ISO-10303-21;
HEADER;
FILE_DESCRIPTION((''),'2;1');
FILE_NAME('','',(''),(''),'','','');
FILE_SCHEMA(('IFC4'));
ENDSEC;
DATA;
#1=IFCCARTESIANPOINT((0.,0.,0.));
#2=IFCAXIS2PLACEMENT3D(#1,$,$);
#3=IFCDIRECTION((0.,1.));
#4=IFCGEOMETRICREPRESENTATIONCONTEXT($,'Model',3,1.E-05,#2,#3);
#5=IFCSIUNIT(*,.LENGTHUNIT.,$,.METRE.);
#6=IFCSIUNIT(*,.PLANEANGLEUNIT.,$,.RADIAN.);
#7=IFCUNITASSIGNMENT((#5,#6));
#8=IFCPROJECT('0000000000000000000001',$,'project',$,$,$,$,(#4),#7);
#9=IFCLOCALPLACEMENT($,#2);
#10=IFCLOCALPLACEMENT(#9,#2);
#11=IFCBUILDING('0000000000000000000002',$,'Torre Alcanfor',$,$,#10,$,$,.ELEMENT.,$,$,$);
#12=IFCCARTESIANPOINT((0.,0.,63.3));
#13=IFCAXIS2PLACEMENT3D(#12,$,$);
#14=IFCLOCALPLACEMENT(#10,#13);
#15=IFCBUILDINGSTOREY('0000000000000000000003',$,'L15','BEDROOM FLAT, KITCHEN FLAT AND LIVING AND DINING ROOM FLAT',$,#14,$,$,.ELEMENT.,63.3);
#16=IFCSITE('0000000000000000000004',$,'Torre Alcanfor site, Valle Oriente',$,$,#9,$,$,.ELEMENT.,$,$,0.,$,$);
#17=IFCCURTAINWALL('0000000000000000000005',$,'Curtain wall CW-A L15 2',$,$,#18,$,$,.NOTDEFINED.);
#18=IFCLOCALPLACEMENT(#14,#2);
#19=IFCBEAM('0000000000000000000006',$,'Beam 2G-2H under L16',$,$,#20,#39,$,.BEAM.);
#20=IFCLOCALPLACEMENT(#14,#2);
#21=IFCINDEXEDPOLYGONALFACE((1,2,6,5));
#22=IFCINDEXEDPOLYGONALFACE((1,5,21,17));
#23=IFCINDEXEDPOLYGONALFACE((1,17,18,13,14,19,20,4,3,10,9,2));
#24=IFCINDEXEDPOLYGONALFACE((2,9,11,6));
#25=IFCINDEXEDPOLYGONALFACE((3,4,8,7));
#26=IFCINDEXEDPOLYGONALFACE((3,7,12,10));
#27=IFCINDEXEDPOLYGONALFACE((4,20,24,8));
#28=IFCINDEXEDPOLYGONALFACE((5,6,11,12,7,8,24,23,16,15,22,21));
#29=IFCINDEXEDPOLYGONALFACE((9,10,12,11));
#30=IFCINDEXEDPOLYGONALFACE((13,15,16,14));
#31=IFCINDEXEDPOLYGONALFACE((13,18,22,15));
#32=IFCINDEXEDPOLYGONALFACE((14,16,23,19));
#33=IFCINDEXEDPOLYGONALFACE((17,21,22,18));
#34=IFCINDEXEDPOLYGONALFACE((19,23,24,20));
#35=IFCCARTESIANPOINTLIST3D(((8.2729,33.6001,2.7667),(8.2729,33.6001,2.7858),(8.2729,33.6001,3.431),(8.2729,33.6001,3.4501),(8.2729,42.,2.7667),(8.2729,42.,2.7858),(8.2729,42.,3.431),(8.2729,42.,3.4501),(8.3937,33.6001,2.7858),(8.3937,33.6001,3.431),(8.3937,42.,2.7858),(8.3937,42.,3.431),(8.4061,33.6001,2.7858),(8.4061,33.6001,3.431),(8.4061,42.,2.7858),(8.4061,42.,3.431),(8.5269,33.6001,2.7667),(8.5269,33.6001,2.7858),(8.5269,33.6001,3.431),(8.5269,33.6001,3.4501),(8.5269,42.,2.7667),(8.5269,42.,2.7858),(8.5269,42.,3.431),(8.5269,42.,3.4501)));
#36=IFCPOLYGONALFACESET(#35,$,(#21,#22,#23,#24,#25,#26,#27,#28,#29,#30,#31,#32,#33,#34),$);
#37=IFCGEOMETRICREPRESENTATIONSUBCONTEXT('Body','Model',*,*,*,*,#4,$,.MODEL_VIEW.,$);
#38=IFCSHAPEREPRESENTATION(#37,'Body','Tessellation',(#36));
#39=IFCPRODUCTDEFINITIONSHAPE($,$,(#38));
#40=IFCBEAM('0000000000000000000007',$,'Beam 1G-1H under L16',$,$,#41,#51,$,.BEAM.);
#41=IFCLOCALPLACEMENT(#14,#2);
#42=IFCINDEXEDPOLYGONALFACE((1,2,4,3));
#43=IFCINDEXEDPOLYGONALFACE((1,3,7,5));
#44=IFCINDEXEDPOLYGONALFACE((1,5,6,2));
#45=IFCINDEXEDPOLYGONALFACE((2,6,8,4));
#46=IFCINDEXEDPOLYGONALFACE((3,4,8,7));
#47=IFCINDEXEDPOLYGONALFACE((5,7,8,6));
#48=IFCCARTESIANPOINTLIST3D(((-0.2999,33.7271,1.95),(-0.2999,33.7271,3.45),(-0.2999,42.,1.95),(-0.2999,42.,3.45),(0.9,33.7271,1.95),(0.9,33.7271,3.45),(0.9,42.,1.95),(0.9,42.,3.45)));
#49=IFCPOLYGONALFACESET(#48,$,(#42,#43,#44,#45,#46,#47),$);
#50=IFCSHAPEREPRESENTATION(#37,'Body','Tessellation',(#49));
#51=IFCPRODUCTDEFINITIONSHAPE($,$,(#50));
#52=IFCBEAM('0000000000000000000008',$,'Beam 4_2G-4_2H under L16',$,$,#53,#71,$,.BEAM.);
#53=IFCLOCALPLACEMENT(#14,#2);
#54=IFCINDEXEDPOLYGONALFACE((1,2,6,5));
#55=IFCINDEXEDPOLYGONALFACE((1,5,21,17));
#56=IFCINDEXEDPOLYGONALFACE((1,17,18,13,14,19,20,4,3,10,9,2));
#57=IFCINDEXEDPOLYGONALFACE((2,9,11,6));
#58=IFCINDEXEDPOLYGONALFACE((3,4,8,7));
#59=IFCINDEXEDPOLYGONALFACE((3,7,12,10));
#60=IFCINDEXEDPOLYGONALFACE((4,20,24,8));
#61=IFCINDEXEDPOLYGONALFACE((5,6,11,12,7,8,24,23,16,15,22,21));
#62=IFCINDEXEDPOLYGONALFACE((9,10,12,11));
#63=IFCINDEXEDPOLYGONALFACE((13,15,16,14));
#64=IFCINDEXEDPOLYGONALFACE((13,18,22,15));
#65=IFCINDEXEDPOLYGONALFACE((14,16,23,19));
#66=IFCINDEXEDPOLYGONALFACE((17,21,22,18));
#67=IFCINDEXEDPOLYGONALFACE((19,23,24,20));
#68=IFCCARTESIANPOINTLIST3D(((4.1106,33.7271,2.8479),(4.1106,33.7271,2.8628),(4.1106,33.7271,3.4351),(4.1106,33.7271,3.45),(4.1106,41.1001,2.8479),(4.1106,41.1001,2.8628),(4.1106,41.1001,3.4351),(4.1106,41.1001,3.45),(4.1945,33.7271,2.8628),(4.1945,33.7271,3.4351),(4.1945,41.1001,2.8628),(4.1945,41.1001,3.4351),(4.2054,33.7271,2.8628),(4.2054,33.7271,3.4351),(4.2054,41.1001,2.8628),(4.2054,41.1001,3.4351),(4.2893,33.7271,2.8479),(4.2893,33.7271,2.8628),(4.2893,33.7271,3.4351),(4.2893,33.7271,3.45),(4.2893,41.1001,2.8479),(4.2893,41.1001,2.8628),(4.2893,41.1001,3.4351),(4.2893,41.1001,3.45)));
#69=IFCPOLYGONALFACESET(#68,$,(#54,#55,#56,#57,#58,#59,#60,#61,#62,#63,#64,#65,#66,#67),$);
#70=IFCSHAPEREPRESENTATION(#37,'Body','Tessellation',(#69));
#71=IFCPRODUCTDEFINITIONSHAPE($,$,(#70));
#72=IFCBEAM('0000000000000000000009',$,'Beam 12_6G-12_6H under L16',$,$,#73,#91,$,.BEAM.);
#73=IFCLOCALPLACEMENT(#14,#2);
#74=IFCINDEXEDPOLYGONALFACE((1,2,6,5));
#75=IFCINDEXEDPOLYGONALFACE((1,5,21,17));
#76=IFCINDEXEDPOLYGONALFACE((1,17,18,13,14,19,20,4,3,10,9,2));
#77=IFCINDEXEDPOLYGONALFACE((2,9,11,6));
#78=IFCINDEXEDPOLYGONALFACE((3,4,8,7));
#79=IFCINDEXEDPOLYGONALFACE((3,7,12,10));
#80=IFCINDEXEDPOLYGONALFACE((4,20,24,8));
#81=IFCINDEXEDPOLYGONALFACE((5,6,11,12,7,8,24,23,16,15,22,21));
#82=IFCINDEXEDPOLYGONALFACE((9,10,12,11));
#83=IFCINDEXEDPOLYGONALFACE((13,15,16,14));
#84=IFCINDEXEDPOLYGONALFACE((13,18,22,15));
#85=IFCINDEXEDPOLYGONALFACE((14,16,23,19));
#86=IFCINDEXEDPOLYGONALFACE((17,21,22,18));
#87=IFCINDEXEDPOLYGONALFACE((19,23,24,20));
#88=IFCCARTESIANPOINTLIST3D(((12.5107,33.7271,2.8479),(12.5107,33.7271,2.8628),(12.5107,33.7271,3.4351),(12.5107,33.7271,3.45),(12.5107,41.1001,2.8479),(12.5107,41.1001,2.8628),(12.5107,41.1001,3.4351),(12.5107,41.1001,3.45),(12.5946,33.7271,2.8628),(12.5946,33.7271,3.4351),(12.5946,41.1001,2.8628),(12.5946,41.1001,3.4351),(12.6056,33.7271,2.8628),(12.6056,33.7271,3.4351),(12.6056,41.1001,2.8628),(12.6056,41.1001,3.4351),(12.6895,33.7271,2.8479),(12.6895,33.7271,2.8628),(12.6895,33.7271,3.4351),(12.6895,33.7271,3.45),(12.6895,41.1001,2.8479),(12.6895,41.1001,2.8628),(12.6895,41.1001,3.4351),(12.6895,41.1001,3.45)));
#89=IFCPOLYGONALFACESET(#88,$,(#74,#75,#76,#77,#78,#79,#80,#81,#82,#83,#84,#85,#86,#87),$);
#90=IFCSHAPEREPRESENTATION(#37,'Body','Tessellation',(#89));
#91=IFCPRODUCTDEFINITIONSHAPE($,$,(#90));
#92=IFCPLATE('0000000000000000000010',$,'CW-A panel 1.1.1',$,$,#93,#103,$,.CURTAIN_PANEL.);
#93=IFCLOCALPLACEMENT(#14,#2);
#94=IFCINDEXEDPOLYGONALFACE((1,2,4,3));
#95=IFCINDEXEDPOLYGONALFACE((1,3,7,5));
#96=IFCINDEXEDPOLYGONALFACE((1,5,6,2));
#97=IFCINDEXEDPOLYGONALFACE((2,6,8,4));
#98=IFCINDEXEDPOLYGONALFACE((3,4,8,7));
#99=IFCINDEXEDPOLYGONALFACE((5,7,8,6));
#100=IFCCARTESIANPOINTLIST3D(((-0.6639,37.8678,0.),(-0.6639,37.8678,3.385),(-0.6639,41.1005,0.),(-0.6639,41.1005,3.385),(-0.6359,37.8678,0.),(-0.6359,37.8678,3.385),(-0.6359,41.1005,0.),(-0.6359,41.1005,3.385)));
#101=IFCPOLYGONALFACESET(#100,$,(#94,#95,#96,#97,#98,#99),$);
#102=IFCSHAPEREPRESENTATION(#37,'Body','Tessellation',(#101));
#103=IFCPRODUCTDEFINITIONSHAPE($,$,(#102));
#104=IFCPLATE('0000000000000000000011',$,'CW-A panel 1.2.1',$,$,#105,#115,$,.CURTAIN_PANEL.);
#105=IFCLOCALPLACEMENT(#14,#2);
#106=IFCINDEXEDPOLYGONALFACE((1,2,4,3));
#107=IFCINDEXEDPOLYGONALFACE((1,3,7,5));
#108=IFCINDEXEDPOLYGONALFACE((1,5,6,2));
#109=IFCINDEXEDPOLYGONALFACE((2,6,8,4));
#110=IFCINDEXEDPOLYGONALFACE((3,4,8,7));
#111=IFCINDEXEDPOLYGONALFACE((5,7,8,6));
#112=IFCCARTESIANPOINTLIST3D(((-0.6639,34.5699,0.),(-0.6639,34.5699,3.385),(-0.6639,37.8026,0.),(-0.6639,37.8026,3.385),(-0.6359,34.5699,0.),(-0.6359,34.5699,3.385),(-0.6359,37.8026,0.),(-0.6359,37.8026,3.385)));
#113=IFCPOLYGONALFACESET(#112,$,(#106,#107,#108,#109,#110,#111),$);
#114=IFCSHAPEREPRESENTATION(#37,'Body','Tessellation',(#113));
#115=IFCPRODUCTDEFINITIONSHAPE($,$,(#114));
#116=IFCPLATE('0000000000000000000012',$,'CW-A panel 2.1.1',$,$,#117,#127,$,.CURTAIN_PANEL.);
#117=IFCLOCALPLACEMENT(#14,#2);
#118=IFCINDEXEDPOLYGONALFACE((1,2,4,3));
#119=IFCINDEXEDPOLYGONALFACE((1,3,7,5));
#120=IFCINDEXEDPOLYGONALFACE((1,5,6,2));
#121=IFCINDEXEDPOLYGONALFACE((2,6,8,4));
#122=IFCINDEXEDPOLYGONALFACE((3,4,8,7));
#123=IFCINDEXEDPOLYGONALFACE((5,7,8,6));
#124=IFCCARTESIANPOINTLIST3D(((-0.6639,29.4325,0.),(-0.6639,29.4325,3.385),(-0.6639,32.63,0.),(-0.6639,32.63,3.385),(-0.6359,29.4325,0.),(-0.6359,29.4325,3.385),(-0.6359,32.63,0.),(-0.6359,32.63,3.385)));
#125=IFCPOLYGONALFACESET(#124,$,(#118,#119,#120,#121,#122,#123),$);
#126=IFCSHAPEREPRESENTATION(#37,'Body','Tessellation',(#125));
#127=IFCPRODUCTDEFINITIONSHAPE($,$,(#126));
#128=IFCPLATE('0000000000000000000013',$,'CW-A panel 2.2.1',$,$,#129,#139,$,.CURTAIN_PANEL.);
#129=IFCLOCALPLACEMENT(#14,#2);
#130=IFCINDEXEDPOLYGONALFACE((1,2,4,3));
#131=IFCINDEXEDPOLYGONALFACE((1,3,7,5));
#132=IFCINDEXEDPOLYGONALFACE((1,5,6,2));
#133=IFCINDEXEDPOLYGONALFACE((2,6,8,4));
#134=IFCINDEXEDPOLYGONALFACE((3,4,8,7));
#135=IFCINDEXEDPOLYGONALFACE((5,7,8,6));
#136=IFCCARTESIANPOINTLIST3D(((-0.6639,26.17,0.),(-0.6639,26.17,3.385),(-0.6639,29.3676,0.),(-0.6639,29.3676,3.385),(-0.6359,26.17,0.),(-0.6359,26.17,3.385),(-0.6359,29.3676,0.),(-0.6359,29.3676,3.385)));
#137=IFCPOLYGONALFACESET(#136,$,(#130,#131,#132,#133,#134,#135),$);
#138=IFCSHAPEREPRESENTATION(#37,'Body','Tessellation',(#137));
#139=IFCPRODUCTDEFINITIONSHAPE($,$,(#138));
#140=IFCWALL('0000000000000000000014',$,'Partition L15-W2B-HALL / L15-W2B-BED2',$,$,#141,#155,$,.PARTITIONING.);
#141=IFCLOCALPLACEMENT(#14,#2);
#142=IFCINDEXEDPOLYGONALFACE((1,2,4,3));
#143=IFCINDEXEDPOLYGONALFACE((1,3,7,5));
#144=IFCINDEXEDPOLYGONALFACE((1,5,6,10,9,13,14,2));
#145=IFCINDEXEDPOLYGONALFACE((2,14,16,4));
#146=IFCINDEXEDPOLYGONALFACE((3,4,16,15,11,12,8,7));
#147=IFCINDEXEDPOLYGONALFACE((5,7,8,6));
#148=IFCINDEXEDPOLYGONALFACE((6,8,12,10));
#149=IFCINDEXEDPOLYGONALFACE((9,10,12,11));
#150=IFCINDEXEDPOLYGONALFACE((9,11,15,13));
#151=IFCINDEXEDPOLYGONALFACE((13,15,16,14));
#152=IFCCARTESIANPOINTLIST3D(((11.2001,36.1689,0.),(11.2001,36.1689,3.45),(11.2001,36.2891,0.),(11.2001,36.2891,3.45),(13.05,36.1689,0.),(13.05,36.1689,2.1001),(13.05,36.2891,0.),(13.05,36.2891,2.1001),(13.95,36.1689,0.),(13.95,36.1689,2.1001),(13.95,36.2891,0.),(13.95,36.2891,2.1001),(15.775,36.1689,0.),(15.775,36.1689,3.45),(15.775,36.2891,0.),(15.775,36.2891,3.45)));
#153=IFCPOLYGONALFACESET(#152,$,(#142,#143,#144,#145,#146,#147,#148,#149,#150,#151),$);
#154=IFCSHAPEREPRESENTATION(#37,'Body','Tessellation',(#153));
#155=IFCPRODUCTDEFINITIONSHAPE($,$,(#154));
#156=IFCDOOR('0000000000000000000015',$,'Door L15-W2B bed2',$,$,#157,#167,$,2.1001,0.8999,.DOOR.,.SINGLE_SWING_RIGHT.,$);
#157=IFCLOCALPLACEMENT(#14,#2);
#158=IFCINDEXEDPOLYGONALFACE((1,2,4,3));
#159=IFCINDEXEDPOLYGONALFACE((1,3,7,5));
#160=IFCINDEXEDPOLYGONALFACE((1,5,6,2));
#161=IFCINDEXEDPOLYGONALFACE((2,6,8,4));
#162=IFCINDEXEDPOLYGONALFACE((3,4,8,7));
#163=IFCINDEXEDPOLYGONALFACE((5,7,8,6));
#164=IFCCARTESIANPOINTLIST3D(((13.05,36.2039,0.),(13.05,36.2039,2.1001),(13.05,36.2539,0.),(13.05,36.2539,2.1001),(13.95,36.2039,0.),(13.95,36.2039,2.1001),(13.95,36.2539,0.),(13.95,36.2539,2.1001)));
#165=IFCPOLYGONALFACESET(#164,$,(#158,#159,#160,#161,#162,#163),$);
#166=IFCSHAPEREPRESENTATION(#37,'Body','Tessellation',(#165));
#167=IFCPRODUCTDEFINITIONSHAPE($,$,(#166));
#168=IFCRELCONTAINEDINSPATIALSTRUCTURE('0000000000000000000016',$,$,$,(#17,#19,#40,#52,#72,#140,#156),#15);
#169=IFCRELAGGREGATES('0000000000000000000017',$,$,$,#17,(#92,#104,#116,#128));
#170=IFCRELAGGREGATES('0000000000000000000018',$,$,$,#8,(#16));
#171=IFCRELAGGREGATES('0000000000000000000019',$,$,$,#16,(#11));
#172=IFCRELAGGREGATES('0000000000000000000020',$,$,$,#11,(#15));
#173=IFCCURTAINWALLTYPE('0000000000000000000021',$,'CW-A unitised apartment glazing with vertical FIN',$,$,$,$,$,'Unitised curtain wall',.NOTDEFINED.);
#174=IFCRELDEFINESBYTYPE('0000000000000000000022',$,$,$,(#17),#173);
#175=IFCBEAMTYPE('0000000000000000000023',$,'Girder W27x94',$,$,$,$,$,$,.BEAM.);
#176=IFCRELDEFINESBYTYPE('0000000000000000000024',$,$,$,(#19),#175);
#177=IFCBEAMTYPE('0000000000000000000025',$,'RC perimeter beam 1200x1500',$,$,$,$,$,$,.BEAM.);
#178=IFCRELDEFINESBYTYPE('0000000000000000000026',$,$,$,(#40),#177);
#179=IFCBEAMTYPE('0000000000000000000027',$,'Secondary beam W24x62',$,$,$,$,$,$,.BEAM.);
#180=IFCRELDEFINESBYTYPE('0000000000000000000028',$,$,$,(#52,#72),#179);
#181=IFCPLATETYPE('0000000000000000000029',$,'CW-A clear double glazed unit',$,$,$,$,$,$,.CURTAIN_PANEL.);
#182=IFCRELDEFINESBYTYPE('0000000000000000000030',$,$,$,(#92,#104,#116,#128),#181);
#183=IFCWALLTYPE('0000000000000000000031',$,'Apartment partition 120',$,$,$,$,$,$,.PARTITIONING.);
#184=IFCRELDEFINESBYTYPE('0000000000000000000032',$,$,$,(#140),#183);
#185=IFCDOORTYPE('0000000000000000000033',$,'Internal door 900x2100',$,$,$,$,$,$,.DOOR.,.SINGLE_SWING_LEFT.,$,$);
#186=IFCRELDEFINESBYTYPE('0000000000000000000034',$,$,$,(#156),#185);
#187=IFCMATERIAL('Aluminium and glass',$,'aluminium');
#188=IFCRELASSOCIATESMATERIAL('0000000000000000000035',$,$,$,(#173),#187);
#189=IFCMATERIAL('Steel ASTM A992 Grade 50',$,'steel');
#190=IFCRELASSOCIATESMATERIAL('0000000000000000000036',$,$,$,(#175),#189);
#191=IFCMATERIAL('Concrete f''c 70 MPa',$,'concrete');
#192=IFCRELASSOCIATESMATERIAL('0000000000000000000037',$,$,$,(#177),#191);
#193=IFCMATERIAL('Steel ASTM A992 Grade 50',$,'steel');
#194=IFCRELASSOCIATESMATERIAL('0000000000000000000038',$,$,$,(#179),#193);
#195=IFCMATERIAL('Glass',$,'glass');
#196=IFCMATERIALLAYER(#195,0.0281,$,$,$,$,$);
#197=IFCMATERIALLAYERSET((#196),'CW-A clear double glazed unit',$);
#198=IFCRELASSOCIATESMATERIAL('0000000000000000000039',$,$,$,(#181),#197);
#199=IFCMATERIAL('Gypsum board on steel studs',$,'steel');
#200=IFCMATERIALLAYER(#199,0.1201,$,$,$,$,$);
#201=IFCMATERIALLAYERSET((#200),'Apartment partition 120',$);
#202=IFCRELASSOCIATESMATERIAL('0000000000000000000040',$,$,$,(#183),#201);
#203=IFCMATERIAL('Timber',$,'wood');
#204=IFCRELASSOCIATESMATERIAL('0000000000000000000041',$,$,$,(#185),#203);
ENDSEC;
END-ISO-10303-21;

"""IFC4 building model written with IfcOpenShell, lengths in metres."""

from ifc_helpers import new_model, si_unit, direction, frame, frame_2d, origin, origin_2d, place, context, subcontext, project, spatial, rectangle, i_section, extrude, material, layer, layer_set, material_profile, profile_set, type_object, element, fill, aggregate, save


model = new_model("IFC4")

# Units and contexts
model_context = context("Model", 3, precision=1e-05, world=origin(), true_north=direction((0.0, 1.0)))
body_context = subcontext(model_context, "Body", "Model", "MODEL_VIEW")
ifc_project = project(units=[si_unit("LENGTHUNIT", "METRE"), si_unit("PLANEANGLEUNIT", "RADIAN")], contexts=[model_context])

# Site, building, storey
site_placement = place(None, origin())
site = spatial("IfcSite", under=ifc_project, at=site_placement, Name="Torre Alcanfor site, Valle Oriente", CompositionType="ELEMENT", RefElevation=0.0)
building_placement = place(site_placement, origin())
building = spatial("IfcBuilding", under=site, at=building_placement, Name="Torre Alcanfor", CompositionType="ELEMENT")
storey_placement = place(building_placement, frame((0.0, 0.0, 63.3)))
storey = spatial("IfcBuildingStorey", under=building, at=storey_placement, Name="L15", Description="BEDROOM FLAT, KITCHEN FLAT AND LIVING AND DINING ROOM FLAT", CompositionType="ELEMENT", Elevation=63.3)

# Curtain wall
ifc_material_1 = material(Name="Aluminium and glass", Category="aluminium")
curtain_wall_type = type_object("IfcCurtainWallType", Name="CW-A unitised apartment glazing with vertical FIN", ElementType="Unitised curtain wall", PredefinedType="NOTDEFINED", material=ifc_material_1)
curtain_wall_placement = place(storey_placement, origin())
curtain_wall = element("IfcCurtainWall", 1, at=curtain_wall_placement, inside=storey, type_object=curtain_wall_type, Name="Curtain wall CW-A L15 2", PredefinedType="NOTDEFINED")

# Beams
ifc_material_2 = material(Name="Steel ASTM A992 Grade 50", Category="steel")
ifc_material_profile_1 = material_profile(ifc_material_2, i_section(OverallWidth=0.2539, OverallDepth=0.6833, WebThickness=0.0125, FlangeThickness=0.019, at=origin_2d()), Name="W27x94")
ifc_profile_set_1 = profile_set([ifc_material_profile_1], Name="Steel ASTM A992 Grade 50")
beam_type_1 = type_object("IfcBeamType", Name="Girder W27x94", PredefinedType="BEAM", material=ifc_profile_set_1)
beam_1_placement = place(storey_placement, frame((8.3999, 33.6001, 3.1084), z_axis=(0.0, 1.0, 0.0), x_axis=(-1.0, 0.0, 0.0)))
element("IfcBeam", 2, at=beam_1_placement, inside=storey, type_object=beam_type_1, Name="Beam 2G-2H under L16", PredefinedType="BEAM", context=body_context, shape_type="SweptSolid", body=[
    extrude(i_section(OverallWidth=0.2539, OverallDepth=0.6833, WebThickness=0.0125, FlangeThickness=0.019, at=origin_2d()), origin(), (0.0, 0.0, 1.0), 8.3999),
])
ifc_material_3 = material(Name="Concrete f'c 70 MPa", Category="concrete")
ifc_material_profile_2 = material_profile(ifc_material_3, rectangle(XDim=1.2, YDim=1.5, at=origin_2d()), Name="1200x1500")
ifc_profile_set_2 = profile_set([ifc_material_profile_2], Name="Concrete f'c 70 MPa")
beam_type_2 = type_object("IfcBeamType", Name="RC perimeter beam 1200x1500", PredefinedType="BEAM", material=ifc_profile_set_2)
beam_2_placement = place(storey_placement, frame((0.3, 33.7271, 2.7), z_axis=(0.0, 1.0, 0.0), x_axis=(-1.0, 0.0, 0.0)))
element("IfcBeam", 3, at=beam_2_placement, inside=storey, type_object=beam_type_2, Name="Beam 1G-1H under L16", PredefinedType="BEAM", context=body_context, shape_type="SweptSolid", body=[
    extrude(rectangle(XDim=1.2, YDim=1.5, at=origin_2d()), origin(), (0.0, 0.0, 1.0), 8.2729),
])
ifc_material_4 = material(Name="Steel ASTM A992 Grade 50", Category="steel")
ifc_material_profile_3 = material_profile(ifc_material_4, i_section(OverallWidth=0.1787, OverallDepth=0.6021, WebThickness=0.011, FlangeThickness=0.0149, at=origin_2d()), Name="W24x62")
ifc_profile_set_3 = profile_set([ifc_material_profile_3], Name="Steel ASTM A992 Grade 50")
beam_type_3 = type_object("IfcBeamType", Name="Secondary beam W24x62", PredefinedType="BEAM", material=ifc_profile_set_3)
for number, where, z_axis, x_axis, name in (
    (4, (4.2, 33.7271, 3.1489), (0.0, 1.0, 0.0), (-1.0, 0.0, 0.0), "Beam 4_2G-4_2H under L16"),
    (5, (12.6001, 33.7271, 3.1489), (0.0, 1.0, 0.0), (-1.0, 0.0, 0.0), "Beam 12_6G-12_6H under L16"),
):
    element("IfcBeam", number, at=place(storey_placement, frame(where, z_axis=z_axis, x_axis=x_axis)), inside=storey, type_object=beam_type_3, Name=name, PredefinedType="BEAM", context=body_context, shape_type="SweptSolid", body=[
        extrude(i_section(OverallWidth=0.1787, OverallDepth=0.6021, WebThickness=0.011, FlangeThickness=0.0149, at=origin_2d()), origin(), (0.0, 0.0, 1.0), 7.373),
    ])

# Plates
ifc_material_5 = material(Name="Glass", Category="glass")
ifc_layer_1 = layer(ifc_material_5, 0.0281)
ifc_layer_set_1 = layer_set([ifc_layer_1], Name="CW-A clear double glazed unit")
plate_type = type_object("IfcPlateType", Name="CW-A clear double glazed unit", PredefinedType="CURTAIN_PANEL", material=ifc_layer_set_1)
plate_1_placement = place(storey_placement, frame((-0.6499, 39.4841, 0.0), z_axis=(0.0, 0.0, 1.0), x_axis=(0.0, -1.0, 0.0)))
plate_1 = element("IfcPlate", 6, at=plate_1_placement, type_object=plate_type, Name="CW-A panel 1.1.1", PredefinedType="CURTAIN_PANEL", context=body_context, shape_type="SweptSolid", body=[
    extrude(rectangle(XDim=3.2327, YDim=0.0281, at=origin_2d()), origin(), (0.0, 0.0, 1.0), 3.385),
])
plate_2_placement = place(storey_placement, frame((-0.6499, 36.1863, 0.0), z_axis=(0.0, 0.0, 1.0), x_axis=(0.0, -1.0, 0.0)))
plate_2 = element("IfcPlate", 7, at=plate_2_placement, type_object=plate_type, Name="CW-A panel 1.2.1", PredefinedType="CURTAIN_PANEL", context=body_context, shape_type="SweptSolid", body=[
    extrude(rectangle(XDim=3.2327, YDim=0.0281, at=origin_2d()), origin(), (0.0, 0.0, 1.0), 3.385),
])
plate_3_placement = place(storey_placement, frame((-0.6499, 31.0312, 0.0), z_axis=(0.0, 0.0, 1.0), x_axis=(0.0, -1.0, 0.0)))
plate_3 = element("IfcPlate", 8, at=plate_3_placement, type_object=plate_type, Name="CW-A panel 2.1.1", PredefinedType="CURTAIN_PANEL", context=body_context, shape_type="SweptSolid", body=[
    extrude(rectangle(XDim=3.1975, YDim=0.0281, at=origin_2d()), origin(), (0.0, 0.0, 1.0), 3.385),
])
plate_4_placement = place(storey_placement, frame((-0.6499, 27.7688, 0.0), z_axis=(0.0, 0.0, 1.0), x_axis=(0.0, -1.0, 0.0)))
plate_4 = element("IfcPlate", 9, at=plate_4_placement, type_object=plate_type, Name="CW-A panel 2.2.1", PredefinedType="CURTAIN_PANEL", context=body_context, shape_type="SweptSolid", body=[
    extrude(rectangle(XDim=3.1975, YDim=0.0281, at=origin_2d()), origin(), (0.0, 0.0, 1.0), 3.385),
])
aggregate(curtain_wall, [plate_1, plate_2, plate_3, plate_4])

# Wall, opening, door
ifc_material_6 = material(Name="Gypsum board on steel studs", Category="steel")
ifc_layer_2 = layer(ifc_material_6, 0.1201)
ifc_layer_set_2 = layer_set([ifc_layer_2], Name="Apartment partition 120")
wall_type_1 = type_object("IfcWallType", Name="Apartment partition 120", PredefinedType="PARTITIONING", material=ifc_layer_set_2)
wall_1_placement = place(storey_placement, frame((11.2, 36.229, 0.0), z_axis=(0.0, 0.0, 1.0), x_axis=(1.0, 0.0, 0.0)))
wall_1 = element("IfcWall", 10, at=wall_1_placement, inside=storey, type_object=wall_type_1, Name="Partition L15-W2B-HALL / L15-W2B-BED2", PredefinedType="PARTITIONING", context=body_context, shape_type="SweptSolid", body=[
    extrude(rectangle(XDim=4.575, YDim=0.1201, at=frame_2d((2.2876, 0.0))), origin(), (0.0, 0.0, 1.0), 3.45),
])
opening_1_placement = place(wall_1_placement, frame((1.8501, 0.0, 0.0)))
opening_1 = element("IfcOpeningElement", 11, at=opening_1_placement, cuts=wall_1, PredefinedType="OPENING", context=body_context, shape_type="SweptSolid", body=[
    extrude(rectangle(XDim=0.8999, YDim=2.1001, at=frame_2d((0.45, 1.05))), frame((0.0, 0.0701, 0.0), z_axis=(0.0, -1.0, 0.0), x_axis=(1.0, 0.0, 0.0)), (0.0, 0.0, 1.0), 0.1401),
])
ifc_material_7 = material(Name="Timber", Category="wood")
door_type_1 = type_object("IfcDoorType", Name="Internal door 900x2100", OperationType="SINGLE_SWING_LEFT", PredefinedType="DOOR", material=ifc_material_7)
door_1_placement = place(opening_1_placement, origin())
door_1 = element("IfcDoor", 12, at=door_1_placement, inside=storey, type_object=door_type_1, Name="Door L15-W2B bed2", OperationType="SINGLE_SWING_RIGHT", OverallHeight=2.1001, OverallWidth=0.8999, PredefinedType="DOOR", context=body_context, shape_type="SweptSolid", body=[
    extrude(rectangle(XDim=0.8999, YDim=2.1001, at=frame_2d((0.45, 1.05))), frame((0.0, 0.0249, 0.0), z_axis=(0.0, -1.0, 0.0), x_axis=(1.0, 0.0, 0.0)), (0.0, 0.0, 1.0), 0.05),
])
fill(opening_1, door_1)

save(model, "model.ifc")
